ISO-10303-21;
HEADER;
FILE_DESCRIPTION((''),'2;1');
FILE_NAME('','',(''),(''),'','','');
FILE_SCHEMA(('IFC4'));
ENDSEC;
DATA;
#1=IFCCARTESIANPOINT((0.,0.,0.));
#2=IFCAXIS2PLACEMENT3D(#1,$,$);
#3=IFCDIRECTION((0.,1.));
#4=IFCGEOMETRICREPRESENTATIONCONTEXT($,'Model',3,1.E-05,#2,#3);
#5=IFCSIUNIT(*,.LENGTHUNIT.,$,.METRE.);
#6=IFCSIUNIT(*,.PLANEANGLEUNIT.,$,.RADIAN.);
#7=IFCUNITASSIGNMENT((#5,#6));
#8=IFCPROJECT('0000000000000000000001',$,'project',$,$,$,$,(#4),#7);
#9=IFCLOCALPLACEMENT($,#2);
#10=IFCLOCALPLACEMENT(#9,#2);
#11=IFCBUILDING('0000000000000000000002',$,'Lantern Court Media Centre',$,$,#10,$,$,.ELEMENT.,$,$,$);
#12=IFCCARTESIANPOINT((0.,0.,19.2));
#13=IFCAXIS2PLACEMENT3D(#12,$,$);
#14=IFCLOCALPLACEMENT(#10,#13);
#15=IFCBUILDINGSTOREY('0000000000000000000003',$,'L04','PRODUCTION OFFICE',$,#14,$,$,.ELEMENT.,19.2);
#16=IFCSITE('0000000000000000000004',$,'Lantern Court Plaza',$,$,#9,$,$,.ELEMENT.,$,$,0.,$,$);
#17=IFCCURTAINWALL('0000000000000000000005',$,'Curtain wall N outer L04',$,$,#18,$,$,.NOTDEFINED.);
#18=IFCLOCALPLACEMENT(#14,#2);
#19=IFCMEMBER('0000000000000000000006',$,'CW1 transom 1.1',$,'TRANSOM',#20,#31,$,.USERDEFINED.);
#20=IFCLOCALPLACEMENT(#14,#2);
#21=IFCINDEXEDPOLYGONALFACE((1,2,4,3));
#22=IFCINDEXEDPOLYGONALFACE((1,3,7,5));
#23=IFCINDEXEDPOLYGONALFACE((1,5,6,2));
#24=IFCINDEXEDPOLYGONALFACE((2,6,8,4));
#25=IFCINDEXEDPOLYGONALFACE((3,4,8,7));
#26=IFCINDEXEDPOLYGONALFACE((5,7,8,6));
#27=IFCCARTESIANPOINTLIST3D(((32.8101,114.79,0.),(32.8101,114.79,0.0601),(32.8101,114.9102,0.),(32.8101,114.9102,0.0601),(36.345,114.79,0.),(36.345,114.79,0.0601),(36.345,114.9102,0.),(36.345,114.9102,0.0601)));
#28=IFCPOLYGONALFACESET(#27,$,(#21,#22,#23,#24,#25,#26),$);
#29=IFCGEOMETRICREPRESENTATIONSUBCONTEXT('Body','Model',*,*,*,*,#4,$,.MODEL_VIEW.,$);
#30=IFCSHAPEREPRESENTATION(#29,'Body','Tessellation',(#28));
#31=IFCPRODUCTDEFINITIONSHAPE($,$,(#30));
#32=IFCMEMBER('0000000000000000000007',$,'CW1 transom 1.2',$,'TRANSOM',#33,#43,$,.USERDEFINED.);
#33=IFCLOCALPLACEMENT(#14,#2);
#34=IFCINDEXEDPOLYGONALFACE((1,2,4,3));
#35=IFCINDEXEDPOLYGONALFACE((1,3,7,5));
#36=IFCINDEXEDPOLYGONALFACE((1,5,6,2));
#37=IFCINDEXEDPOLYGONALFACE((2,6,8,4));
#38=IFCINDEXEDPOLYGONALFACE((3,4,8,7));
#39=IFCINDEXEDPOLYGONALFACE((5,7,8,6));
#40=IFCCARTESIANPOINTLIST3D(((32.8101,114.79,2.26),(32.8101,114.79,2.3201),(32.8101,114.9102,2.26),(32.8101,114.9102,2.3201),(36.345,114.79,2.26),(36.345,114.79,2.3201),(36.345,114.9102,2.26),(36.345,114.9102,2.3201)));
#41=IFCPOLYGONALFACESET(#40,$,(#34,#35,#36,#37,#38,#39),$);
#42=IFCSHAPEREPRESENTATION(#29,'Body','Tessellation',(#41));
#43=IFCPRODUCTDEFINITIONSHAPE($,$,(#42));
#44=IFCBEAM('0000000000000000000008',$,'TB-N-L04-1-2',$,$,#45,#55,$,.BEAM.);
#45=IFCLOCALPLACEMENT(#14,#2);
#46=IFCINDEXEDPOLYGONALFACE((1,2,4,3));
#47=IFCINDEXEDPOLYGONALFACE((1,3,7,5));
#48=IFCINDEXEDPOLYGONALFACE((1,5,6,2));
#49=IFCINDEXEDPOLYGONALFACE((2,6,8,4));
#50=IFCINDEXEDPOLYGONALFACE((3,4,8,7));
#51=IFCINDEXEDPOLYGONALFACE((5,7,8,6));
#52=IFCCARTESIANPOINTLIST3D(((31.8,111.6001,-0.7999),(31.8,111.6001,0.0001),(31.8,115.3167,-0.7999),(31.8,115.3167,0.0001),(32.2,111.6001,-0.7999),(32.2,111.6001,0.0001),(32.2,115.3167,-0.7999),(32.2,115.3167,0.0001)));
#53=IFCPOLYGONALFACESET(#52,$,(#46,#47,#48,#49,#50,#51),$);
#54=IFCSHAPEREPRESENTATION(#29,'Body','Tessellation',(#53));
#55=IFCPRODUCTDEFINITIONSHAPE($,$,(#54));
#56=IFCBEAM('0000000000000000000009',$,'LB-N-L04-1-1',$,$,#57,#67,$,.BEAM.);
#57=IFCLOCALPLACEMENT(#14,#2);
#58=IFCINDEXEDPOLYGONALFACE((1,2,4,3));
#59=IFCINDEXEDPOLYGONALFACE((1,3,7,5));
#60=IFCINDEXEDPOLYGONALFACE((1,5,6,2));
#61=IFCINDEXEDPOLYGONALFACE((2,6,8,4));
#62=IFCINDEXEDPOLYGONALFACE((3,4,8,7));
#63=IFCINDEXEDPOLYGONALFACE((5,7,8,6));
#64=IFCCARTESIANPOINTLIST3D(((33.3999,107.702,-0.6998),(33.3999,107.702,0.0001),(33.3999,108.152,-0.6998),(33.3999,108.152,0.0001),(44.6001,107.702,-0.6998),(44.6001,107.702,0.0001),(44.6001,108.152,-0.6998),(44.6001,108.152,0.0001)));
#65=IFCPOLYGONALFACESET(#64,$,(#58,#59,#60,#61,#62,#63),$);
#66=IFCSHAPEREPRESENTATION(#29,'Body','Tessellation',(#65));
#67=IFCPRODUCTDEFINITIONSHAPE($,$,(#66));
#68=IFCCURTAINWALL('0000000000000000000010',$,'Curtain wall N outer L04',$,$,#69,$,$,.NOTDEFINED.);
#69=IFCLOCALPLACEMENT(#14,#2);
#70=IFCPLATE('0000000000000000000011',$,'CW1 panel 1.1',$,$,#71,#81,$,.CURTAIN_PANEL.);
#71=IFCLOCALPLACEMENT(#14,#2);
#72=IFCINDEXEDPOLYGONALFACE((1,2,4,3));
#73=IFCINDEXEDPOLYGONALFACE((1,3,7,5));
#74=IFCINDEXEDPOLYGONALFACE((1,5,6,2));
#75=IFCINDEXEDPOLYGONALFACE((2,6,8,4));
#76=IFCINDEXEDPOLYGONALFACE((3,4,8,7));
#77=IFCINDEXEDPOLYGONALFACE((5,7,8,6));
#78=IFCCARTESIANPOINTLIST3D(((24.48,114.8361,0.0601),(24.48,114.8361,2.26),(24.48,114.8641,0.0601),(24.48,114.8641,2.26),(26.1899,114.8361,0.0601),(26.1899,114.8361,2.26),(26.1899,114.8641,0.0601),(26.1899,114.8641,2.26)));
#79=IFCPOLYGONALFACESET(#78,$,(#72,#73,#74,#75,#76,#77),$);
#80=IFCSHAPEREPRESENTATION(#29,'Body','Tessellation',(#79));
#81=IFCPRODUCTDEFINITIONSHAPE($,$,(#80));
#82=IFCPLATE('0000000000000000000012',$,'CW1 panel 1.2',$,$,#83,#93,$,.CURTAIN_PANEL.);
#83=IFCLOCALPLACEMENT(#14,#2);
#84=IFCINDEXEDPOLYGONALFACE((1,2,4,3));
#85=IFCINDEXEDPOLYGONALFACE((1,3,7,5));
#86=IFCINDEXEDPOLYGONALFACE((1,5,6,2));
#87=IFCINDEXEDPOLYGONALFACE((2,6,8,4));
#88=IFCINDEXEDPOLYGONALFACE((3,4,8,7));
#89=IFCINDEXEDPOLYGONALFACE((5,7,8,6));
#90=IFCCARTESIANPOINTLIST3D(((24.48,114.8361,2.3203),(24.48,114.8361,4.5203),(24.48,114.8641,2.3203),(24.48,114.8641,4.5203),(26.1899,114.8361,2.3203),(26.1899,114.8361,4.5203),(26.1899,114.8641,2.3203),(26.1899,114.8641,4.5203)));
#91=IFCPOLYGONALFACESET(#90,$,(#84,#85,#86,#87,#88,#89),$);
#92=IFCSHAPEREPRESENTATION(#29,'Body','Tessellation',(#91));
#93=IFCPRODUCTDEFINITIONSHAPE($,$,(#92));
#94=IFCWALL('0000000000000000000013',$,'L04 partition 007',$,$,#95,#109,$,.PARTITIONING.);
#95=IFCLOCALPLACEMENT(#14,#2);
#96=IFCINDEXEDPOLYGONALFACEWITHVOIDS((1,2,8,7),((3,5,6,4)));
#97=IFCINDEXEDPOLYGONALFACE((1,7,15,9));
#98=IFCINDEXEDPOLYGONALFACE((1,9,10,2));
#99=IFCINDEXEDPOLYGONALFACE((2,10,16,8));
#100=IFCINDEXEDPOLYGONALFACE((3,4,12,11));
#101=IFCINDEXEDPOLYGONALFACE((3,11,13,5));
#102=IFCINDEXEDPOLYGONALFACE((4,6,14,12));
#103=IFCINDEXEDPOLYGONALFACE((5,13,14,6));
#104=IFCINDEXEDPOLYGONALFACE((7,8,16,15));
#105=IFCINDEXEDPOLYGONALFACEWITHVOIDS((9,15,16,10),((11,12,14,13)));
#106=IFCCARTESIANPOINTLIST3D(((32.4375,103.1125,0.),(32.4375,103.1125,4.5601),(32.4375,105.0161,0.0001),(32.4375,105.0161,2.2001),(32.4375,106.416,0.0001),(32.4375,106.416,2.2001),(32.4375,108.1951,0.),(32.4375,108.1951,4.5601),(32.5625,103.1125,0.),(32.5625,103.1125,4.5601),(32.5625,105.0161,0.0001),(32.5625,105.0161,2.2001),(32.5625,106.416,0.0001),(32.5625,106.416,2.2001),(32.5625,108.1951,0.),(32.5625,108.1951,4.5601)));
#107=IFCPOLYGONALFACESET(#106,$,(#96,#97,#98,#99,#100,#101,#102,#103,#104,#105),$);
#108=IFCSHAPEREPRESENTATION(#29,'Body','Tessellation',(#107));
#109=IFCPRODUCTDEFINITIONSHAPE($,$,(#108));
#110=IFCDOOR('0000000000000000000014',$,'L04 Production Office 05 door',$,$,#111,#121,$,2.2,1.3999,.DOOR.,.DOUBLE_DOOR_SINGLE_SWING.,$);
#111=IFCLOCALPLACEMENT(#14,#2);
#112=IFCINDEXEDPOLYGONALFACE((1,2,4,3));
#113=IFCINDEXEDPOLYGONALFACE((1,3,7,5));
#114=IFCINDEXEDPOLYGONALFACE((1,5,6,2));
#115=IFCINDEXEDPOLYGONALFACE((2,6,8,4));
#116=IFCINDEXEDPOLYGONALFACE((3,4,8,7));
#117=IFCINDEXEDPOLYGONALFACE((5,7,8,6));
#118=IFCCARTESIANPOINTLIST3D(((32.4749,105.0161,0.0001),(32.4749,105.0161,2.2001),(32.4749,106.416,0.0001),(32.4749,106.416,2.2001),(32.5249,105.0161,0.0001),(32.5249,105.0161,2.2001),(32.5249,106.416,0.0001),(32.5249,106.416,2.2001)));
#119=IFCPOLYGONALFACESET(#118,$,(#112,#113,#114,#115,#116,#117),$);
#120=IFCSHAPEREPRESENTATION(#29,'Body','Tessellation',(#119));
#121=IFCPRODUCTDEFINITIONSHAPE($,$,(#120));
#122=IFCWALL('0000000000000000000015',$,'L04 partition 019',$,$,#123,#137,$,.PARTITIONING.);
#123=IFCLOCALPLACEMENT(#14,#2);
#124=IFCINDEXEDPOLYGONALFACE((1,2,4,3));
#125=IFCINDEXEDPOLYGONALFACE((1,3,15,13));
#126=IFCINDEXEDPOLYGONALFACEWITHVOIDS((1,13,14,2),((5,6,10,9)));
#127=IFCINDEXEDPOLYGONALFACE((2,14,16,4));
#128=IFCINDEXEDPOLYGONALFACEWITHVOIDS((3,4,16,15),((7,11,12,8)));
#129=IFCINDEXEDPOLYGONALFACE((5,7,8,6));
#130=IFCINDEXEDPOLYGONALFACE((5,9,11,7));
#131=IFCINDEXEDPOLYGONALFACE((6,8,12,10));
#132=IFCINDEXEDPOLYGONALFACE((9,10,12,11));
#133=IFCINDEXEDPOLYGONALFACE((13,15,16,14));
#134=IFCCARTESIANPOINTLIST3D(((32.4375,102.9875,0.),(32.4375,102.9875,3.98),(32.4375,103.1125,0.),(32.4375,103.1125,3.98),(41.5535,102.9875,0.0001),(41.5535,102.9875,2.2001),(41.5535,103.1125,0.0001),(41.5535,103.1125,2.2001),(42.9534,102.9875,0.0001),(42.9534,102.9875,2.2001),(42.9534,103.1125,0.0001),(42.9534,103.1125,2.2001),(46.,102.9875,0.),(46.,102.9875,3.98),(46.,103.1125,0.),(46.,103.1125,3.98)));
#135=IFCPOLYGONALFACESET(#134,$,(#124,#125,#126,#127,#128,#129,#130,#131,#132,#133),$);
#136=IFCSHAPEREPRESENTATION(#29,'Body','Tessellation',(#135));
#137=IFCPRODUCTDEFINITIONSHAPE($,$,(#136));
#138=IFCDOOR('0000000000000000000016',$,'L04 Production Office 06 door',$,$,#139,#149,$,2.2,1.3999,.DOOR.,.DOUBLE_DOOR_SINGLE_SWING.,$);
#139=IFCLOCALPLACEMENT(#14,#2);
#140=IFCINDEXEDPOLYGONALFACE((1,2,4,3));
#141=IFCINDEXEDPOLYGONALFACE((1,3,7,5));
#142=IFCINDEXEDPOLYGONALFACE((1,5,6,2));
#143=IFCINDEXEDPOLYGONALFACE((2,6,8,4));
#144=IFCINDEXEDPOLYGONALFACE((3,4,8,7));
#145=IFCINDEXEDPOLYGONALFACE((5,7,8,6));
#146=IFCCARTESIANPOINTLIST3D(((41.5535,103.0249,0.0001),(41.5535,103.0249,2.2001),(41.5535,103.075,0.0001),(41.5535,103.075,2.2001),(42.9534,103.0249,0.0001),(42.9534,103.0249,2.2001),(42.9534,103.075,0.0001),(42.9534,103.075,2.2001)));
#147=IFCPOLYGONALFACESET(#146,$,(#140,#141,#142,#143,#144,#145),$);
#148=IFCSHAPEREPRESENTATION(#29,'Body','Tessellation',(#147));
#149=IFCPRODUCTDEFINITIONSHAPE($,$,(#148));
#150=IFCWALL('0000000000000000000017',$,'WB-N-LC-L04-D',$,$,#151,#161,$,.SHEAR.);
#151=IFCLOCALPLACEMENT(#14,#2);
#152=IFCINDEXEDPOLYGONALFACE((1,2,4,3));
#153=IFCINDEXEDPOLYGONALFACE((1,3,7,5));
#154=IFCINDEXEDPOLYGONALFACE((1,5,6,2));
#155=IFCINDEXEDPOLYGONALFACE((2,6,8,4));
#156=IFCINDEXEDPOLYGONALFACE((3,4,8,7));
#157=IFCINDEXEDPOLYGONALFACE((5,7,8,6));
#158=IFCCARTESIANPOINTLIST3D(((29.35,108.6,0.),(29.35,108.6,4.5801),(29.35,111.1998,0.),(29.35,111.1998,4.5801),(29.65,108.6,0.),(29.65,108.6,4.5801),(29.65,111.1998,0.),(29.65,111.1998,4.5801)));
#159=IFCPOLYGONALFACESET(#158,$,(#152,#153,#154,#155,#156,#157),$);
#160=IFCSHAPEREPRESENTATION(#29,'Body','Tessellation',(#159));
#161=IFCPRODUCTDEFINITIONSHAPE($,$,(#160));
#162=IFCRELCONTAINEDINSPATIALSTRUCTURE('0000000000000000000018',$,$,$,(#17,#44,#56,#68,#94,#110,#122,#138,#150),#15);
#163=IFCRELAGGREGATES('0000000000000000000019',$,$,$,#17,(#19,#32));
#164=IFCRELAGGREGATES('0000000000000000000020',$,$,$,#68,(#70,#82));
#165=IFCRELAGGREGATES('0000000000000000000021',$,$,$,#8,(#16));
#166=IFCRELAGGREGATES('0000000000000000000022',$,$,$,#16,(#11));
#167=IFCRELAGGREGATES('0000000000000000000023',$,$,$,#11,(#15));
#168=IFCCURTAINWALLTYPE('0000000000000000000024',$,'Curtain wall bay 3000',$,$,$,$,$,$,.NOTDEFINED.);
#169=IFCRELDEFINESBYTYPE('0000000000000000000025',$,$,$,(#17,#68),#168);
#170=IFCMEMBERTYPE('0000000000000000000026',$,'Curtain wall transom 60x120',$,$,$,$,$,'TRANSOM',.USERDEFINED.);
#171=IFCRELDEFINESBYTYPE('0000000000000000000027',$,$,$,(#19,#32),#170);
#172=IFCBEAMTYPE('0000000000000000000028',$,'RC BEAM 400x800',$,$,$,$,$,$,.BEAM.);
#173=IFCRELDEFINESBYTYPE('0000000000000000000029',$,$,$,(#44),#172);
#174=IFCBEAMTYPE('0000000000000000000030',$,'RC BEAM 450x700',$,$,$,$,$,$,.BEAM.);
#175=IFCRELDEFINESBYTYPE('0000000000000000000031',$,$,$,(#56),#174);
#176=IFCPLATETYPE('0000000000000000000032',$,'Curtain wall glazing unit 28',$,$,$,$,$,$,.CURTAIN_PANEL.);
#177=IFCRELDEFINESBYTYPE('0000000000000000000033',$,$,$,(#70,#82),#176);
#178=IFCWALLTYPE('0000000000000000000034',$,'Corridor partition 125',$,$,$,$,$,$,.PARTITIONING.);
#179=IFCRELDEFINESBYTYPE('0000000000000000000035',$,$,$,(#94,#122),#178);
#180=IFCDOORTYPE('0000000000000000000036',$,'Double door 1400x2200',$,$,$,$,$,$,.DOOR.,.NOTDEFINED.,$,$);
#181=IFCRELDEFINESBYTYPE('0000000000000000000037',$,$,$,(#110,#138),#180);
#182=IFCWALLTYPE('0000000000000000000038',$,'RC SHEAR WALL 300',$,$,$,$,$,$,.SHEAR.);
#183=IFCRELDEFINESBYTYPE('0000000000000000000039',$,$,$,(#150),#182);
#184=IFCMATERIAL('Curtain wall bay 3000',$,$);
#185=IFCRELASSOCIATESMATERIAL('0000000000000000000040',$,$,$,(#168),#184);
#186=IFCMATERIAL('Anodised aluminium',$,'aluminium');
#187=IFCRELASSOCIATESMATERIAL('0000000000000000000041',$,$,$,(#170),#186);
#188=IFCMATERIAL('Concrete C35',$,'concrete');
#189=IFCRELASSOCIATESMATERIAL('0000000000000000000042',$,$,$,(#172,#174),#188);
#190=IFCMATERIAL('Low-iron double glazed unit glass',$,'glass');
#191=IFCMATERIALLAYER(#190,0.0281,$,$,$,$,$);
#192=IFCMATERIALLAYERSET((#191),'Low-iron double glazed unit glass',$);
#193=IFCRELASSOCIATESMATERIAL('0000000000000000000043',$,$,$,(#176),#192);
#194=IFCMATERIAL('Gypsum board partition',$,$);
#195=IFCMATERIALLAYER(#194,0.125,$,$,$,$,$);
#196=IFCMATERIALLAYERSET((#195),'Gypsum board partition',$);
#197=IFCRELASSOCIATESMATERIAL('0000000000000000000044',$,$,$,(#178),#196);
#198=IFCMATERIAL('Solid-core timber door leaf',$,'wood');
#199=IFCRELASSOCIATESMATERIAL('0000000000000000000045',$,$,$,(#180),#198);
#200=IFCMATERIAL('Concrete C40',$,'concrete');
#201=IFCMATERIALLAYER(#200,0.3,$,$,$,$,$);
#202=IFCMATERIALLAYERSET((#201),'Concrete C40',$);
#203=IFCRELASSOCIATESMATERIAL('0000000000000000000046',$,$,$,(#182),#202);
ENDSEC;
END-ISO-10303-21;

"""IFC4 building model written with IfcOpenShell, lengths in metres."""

from ifc_helpers import new_model, si_unit, direction, frame, frame_2d, origin, origin_2d, place, context, subcontext, project, spatial, rectangle, extrude, material, layer, layer_set, material_profile, profile_set, type_object, element, fill, aggregate, save


model = new_model("IFC4")

# Units and contexts
model_context = context("Model", 3, precision=1e-05, world=origin(), true_north=direction((0.0, 1.0)))
body_context = subcontext(model_context, "Body", "Model", "MODEL_VIEW")
ifc_project = project(units=[si_unit("LENGTHUNIT", "METRE"), si_unit("PLANEANGLEUNIT", "RADIAN")], contexts=[model_context])

# Site, building, storey
site_placement = place(None, origin())
site = spatial("IfcSite", under=ifc_project, at=site_placement, Name="Lantern Court Plaza", CompositionType="ELEMENT", RefElevation=0.0)
building_placement = place(site_placement, origin())
building = spatial("IfcBuilding", under=site, at=building_placement, Name="Lantern Court Media Centre", CompositionType="ELEMENT")
storey_placement = place(building_placement, frame((0.0, 0.0, 19.2)))
storey = spatial("IfcBuildingStorey", under=building, at=storey_placement, Name="L04", Description="PRODUCTION OFFICE", CompositionType="ELEMENT", Elevation=19.2)

# Curtain wall, members
ifc_material_1 = material(Name="Curtain wall bay 3000")
curtain_wall_type = type_object("IfcCurtainWallType", Name="Curtain wall bay 3000", PredefinedType="NOTDEFINED", material=ifc_material_1)
curtain_wall_1_placement = place(storey_placement, origin())
curtain_wall_1 = element("IfcCurtainWall", 1, at=curtain_wall_1_placement, inside=storey, type_object=curtain_wall_type, Name="Curtain wall N outer L04", PredefinedType="NOTDEFINED")
ifc_material_2 = material(Name="Anodised aluminium", Category="aluminium")
ifc_material_profile_1 = material_profile(ifc_material_2, rectangle(XDim=0.1201, YDim=0.0601, at=origin_2d()), Name="AL 60x120")
ifc_profile_set_1 = profile_set([ifc_material_profile_1], Name="Anodised aluminium")
member_type = type_object("IfcMemberType", Name="Curtain wall transom 60x120", ElementType="TRANSOM", PredefinedType="USERDEFINED", material=ifc_profile_set_1)
member_1_placement = place(storey_placement, frame((32.8101, 114.8501, 0.03), z_axis=(1.0, 0.0, 0.0), x_axis=(0.0, 1.0, 0.0)))
member_1 = element("IfcMember", 2, at=member_1_placement, type_object=member_type, Name="CW1 transom 1.1", ObjectType="TRANSOM", PredefinedType="USERDEFINED", context=body_context, shape_type="SweptSolid", body=[
    extrude(rectangle(XDim=0.1201, YDim=0.0601, at=origin_2d()), origin(), (0.0, 0.0, 1.0), 3.5349),
])
member_2_placement = place(storey_placement, frame((32.8101, 114.8501, 2.29), z_axis=(1.0, 0.0, 0.0), x_axis=(0.0, 1.0, 0.0)))
member_2 = element("IfcMember", 3, at=member_2_placement, type_object=member_type, Name="CW1 transom 1.2", ObjectType="TRANSOM", PredefinedType="USERDEFINED", context=body_context, shape_type="SweptSolid", body=[
    extrude(rectangle(XDim=0.1201, YDim=0.0601, at=origin_2d()), origin(), (0.0, 0.0, 1.0), 3.5349),
])
aggregate(curtain_wall_1, [member_1, member_2])

# Beams
ifc_material_3 = material(Name="Concrete C35", Category="concrete")
ifc_material_profile_2 = material_profile(ifc_material_3, rectangle(XDim=0.3999, YDim=0.8, at=origin_2d()), Name="RC 400x800")
ifc_profile_set_2 = profile_set([ifc_material_profile_2], Name="Concrete C35")
beam_type_1 = type_object("IfcBeamType", Name="RC BEAM 400x800", PredefinedType="BEAM", material=ifc_profile_set_2)
beam_1_placement = place(storey_placement, frame((32.0, 111.6001, -0.3999), z_axis=(0.0, 1.0, 0.0), x_axis=(-1.0, 0.0, 0.0)))
element("IfcBeam", 4, at=beam_1_placement, inside=storey, type_object=beam_type_1, Name="TB-N-L04-1-2", PredefinedType="BEAM", context=body_context, shape_type="SweptSolid", body=[
    extrude(rectangle(XDim=0.3999, YDim=0.8, at=origin_2d()), origin(), (0.0, 0.0, 1.0), 3.7166),
])
ifc_material_profile_3 = material_profile(ifc_material_3, rectangle(XDim=0.45, YDim=0.7, at=origin_2d()), Name="RC 450x700")
ifc_profile_set_3 = profile_set([ifc_material_profile_3], Name="Concrete C35")
beam_type_2 = type_object("IfcBeamType", Name="RC BEAM 450x700", PredefinedType="BEAM", material=ifc_profile_set_3)
beam_2_placement = place(storey_placement, frame((33.3999, 107.927, -0.3499), z_axis=(1.0, 0.0, 0.0), x_axis=(0.0, 1.0, 0.0)))
element("IfcBeam", 5, at=beam_2_placement, inside=storey, type_object=beam_type_2, Name="LB-N-L04-1-1", PredefinedType="BEAM", context=body_context, shape_type="SweptSolid", body=[
    extrude(rectangle(XDim=0.45, YDim=0.7, at=origin_2d()), origin(), (0.0, 0.0, 1.0), 11.2002),
])

# Curtain wall, plates
curtain_wall_2_placement = place(storey_placement, origin())
curtain_wall_2 = element("IfcCurtainWall", 6, at=curtain_wall_2_placement, inside=storey, type_object=curtain_wall_type, Name="Curtain wall N outer L04", PredefinedType="NOTDEFINED")
ifc_material_4 = material(Name="Low-iron double glazed unit glass", Category="glass")
ifc_layer_1 = layer(ifc_material_4, 0.0281)
ifc_layer_set_1 = layer_set([ifc_layer_1], Name="Low-iron double glazed unit glass")
plate_type = type_object("IfcPlateType", Name="Curtain wall glazing unit 28", PredefinedType="CURTAIN_PANEL", material=ifc_layer_set_1)
plate_1_placement = place(storey_placement, frame((25.335, 114.8501, 0.0601), z_axis=(0.0, 0.0, 1.0), x_axis=(1.0, 0.0, 0.0)))
plate_1 = element("IfcPlate", 7, at=plate_1_placement, type_object=plate_type, Name="CW1 panel 1.1", PredefinedType="CURTAIN_PANEL", context=body_context, shape_type="SweptSolid", body=[
    extrude(rectangle(XDim=1.71, YDim=0.0281, at=origin_2d()), origin(), (0.0, 0.0, 1.0), 2.2),
])
plate_2_placement = place(storey_placement, frame((25.335, 114.8501, 2.3203), z_axis=(0.0, 0.0, 1.0), x_axis=(1.0, 0.0, 0.0)))
plate_2 = element("IfcPlate", 8, at=plate_2_placement, type_object=plate_type, Name="CW1 panel 1.2", PredefinedType="CURTAIN_PANEL", context=body_context, shape_type="SweptSolid", body=[
    extrude(rectangle(XDim=1.71, YDim=0.0281, at=origin_2d()), origin(), (0.0, 0.0, 1.0), 2.2),
])
aggregate(curtain_wall_2, [plate_1, plate_2])

# Walls, openings, doors
ifc_material_5 = material(Name="Gypsum board partition")
ifc_layer_2 = layer(ifc_material_5, 0.125)
ifc_layer_set_2 = layer_set([ifc_layer_2], Name="Gypsum board partition")
wall_type_1 = type_object("IfcWallType", Name="Corridor partition 125", PredefinedType="PARTITIONING", material=ifc_layer_set_2)
wall_1_placement = place(storey_placement, frame((32.5, 103.1125, 0.0), z_axis=(0.0, 0.0, 1.0), x_axis=(0.0, 1.0, 0.0)))
wall_1 = element("IfcWall", 9, at=wall_1_placement, inside=storey, type_object=wall_type_1, Name="L04 partition 007", PredefinedType="PARTITIONING", context=body_context, shape_type="SweptSolid", body=[
    extrude(rectangle(XDim=5.0825, YDim=0.125, at=frame_2d((2.5413, 0.0))), origin(), (0.0, 0.0, 1.0), 4.5601),
])
opening_1_placement = place(wall_1_placement, frame((1.9036, 0.0, 0.0)))
opening_1 = element("IfcOpeningElement", 10, at=opening_1_placement, cuts=wall_1, PredefinedType="OPENING", context=body_context, shape_type="SweptSolid", body=[
    extrude(rectangle(XDim=1.3999, YDim=2.2, at=frame_2d((0.7, 1.1001))), frame((0.0, 0.0725, 0.0), z_axis=(0.0, -1.0, 0.0), x_axis=(1.0, 0.0, 0.0)), (0.0, 0.0, 1.0), 0.145),
])
ifc_material_6 = material(Name="Solid-core timber door leaf", Category="wood")
door_type_1 = type_object("IfcDoorType", Name="Double door 1400x2200", OperationType="NOTDEFINED", PredefinedType="DOOR", material=ifc_material_6)
door_1_placement = place(opening_1_placement, frame((1.3999, 0.0, 0.0), z_axis=(0.0, 0.0, 1.0), x_axis=(-1.0, 0.0, 0.0)))
door_1 = element("IfcDoor", 11, at=door_1_placement, inside=storey, type_object=door_type_1, Name="L04 Production Office 05 door", OperationType="DOUBLE_DOOR_SINGLE_SWING", OverallHeight=2.2, OverallWidth=1.3999, PredefinedType="DOOR", context=body_context, shape_type="SweptSolid", body=[
    extrude(rectangle(XDim=1.3999, YDim=2.2, at=frame_2d((0.7, 1.1001))), frame((0.0, 0.0249, 0.0), z_axis=(0.0, -1.0, 0.0), x_axis=(1.0, 0.0, 0.0)), (0.0, 0.0, 1.0), 0.05),
])
fill(opening_1, door_1)
wall_2_placement = place(storey_placement, frame((32.4375, 103.05, 0.0), z_axis=(0.0, 0.0, 1.0), x_axis=(1.0, 0.0, 0.0)))
wall_2 = element("IfcWall", 12, at=wall_2_placement, inside=storey, type_object=wall_type_1, Name="L04 partition 019", PredefinedType="PARTITIONING", context=body_context, shape_type="SweptSolid", body=[
    extrude(rectangle(XDim=13.5625, YDim=0.125, at=frame_2d((6.7812, 0.0))), origin(), (0.0, 0.0, 1.0), 3.98),
])
opening_2_placement = place(wall_2_placement, frame((9.116, 0.0, 0.0)))
opening_2 = element("IfcOpeningElement", 13, at=opening_2_placement, cuts=wall_2, PredefinedType="OPENING", context=body_context, shape_type="SweptSolid", body=[
    extrude(rectangle(XDim=1.3999, YDim=2.2, at=frame_2d((0.7, 1.1001))), frame((0.0, 0.0725, 0.0), z_axis=(0.0, -1.0, 0.0), x_axis=(1.0, 0.0, 0.0)), (0.0, 0.0, 1.0), 0.145),
])
door_2_placement = place(opening_2_placement, origin())
door_2 = element("IfcDoor", 14, at=door_2_placement, inside=storey, type_object=door_type_1, Name="L04 Production Office 06 door", OperationType="DOUBLE_DOOR_SINGLE_SWING", OverallHeight=2.2, OverallWidth=1.3999, PredefinedType="DOOR", context=body_context, shape_type="SweptSolid", body=[
    extrude(rectangle(XDim=1.3999, YDim=2.2, at=frame_2d((0.7, 1.1001))), frame((0.0, 0.0249, 0.0), z_axis=(0.0, -1.0, 0.0), x_axis=(1.0, 0.0, 0.0)), (0.0, 0.0, 1.0), 0.05),
])
fill(opening_2, door_2)

# Wall
ifc_material_7 = material(Name="Concrete C40", Category="concrete")
ifc_layer_3 = layer(ifc_material_7, 0.3)
ifc_layer_set_3 = layer_set([ifc_layer_3], Name="Concrete C40")
wall_type_2 = type_object("IfcWallType", Name="RC SHEAR WALL 300", PredefinedType="SHEAR", material=ifc_layer_set_3)
wall_3_placement = place(storey_placement, frame((29.5, 108.6001, 0.0), z_axis=(0.0, 0.0, 1.0), x_axis=(0.0, 1.0, 0.0)))
element("IfcWall", 15, at=wall_3_placement, inside=storey, type_object=wall_type_2, Name="WB-N-LC-L04-D", PredefinedType="SHEAR", context=body_context, shape_type="SweptSolid", body=[
    extrude(rectangle(XDim=2.5999, YDim=0.3, at=frame_2d((1.2998, 0.0))), origin(), (0.0, 0.0, 1.0), 4.5801),
])

save(model, "model.ifc")
